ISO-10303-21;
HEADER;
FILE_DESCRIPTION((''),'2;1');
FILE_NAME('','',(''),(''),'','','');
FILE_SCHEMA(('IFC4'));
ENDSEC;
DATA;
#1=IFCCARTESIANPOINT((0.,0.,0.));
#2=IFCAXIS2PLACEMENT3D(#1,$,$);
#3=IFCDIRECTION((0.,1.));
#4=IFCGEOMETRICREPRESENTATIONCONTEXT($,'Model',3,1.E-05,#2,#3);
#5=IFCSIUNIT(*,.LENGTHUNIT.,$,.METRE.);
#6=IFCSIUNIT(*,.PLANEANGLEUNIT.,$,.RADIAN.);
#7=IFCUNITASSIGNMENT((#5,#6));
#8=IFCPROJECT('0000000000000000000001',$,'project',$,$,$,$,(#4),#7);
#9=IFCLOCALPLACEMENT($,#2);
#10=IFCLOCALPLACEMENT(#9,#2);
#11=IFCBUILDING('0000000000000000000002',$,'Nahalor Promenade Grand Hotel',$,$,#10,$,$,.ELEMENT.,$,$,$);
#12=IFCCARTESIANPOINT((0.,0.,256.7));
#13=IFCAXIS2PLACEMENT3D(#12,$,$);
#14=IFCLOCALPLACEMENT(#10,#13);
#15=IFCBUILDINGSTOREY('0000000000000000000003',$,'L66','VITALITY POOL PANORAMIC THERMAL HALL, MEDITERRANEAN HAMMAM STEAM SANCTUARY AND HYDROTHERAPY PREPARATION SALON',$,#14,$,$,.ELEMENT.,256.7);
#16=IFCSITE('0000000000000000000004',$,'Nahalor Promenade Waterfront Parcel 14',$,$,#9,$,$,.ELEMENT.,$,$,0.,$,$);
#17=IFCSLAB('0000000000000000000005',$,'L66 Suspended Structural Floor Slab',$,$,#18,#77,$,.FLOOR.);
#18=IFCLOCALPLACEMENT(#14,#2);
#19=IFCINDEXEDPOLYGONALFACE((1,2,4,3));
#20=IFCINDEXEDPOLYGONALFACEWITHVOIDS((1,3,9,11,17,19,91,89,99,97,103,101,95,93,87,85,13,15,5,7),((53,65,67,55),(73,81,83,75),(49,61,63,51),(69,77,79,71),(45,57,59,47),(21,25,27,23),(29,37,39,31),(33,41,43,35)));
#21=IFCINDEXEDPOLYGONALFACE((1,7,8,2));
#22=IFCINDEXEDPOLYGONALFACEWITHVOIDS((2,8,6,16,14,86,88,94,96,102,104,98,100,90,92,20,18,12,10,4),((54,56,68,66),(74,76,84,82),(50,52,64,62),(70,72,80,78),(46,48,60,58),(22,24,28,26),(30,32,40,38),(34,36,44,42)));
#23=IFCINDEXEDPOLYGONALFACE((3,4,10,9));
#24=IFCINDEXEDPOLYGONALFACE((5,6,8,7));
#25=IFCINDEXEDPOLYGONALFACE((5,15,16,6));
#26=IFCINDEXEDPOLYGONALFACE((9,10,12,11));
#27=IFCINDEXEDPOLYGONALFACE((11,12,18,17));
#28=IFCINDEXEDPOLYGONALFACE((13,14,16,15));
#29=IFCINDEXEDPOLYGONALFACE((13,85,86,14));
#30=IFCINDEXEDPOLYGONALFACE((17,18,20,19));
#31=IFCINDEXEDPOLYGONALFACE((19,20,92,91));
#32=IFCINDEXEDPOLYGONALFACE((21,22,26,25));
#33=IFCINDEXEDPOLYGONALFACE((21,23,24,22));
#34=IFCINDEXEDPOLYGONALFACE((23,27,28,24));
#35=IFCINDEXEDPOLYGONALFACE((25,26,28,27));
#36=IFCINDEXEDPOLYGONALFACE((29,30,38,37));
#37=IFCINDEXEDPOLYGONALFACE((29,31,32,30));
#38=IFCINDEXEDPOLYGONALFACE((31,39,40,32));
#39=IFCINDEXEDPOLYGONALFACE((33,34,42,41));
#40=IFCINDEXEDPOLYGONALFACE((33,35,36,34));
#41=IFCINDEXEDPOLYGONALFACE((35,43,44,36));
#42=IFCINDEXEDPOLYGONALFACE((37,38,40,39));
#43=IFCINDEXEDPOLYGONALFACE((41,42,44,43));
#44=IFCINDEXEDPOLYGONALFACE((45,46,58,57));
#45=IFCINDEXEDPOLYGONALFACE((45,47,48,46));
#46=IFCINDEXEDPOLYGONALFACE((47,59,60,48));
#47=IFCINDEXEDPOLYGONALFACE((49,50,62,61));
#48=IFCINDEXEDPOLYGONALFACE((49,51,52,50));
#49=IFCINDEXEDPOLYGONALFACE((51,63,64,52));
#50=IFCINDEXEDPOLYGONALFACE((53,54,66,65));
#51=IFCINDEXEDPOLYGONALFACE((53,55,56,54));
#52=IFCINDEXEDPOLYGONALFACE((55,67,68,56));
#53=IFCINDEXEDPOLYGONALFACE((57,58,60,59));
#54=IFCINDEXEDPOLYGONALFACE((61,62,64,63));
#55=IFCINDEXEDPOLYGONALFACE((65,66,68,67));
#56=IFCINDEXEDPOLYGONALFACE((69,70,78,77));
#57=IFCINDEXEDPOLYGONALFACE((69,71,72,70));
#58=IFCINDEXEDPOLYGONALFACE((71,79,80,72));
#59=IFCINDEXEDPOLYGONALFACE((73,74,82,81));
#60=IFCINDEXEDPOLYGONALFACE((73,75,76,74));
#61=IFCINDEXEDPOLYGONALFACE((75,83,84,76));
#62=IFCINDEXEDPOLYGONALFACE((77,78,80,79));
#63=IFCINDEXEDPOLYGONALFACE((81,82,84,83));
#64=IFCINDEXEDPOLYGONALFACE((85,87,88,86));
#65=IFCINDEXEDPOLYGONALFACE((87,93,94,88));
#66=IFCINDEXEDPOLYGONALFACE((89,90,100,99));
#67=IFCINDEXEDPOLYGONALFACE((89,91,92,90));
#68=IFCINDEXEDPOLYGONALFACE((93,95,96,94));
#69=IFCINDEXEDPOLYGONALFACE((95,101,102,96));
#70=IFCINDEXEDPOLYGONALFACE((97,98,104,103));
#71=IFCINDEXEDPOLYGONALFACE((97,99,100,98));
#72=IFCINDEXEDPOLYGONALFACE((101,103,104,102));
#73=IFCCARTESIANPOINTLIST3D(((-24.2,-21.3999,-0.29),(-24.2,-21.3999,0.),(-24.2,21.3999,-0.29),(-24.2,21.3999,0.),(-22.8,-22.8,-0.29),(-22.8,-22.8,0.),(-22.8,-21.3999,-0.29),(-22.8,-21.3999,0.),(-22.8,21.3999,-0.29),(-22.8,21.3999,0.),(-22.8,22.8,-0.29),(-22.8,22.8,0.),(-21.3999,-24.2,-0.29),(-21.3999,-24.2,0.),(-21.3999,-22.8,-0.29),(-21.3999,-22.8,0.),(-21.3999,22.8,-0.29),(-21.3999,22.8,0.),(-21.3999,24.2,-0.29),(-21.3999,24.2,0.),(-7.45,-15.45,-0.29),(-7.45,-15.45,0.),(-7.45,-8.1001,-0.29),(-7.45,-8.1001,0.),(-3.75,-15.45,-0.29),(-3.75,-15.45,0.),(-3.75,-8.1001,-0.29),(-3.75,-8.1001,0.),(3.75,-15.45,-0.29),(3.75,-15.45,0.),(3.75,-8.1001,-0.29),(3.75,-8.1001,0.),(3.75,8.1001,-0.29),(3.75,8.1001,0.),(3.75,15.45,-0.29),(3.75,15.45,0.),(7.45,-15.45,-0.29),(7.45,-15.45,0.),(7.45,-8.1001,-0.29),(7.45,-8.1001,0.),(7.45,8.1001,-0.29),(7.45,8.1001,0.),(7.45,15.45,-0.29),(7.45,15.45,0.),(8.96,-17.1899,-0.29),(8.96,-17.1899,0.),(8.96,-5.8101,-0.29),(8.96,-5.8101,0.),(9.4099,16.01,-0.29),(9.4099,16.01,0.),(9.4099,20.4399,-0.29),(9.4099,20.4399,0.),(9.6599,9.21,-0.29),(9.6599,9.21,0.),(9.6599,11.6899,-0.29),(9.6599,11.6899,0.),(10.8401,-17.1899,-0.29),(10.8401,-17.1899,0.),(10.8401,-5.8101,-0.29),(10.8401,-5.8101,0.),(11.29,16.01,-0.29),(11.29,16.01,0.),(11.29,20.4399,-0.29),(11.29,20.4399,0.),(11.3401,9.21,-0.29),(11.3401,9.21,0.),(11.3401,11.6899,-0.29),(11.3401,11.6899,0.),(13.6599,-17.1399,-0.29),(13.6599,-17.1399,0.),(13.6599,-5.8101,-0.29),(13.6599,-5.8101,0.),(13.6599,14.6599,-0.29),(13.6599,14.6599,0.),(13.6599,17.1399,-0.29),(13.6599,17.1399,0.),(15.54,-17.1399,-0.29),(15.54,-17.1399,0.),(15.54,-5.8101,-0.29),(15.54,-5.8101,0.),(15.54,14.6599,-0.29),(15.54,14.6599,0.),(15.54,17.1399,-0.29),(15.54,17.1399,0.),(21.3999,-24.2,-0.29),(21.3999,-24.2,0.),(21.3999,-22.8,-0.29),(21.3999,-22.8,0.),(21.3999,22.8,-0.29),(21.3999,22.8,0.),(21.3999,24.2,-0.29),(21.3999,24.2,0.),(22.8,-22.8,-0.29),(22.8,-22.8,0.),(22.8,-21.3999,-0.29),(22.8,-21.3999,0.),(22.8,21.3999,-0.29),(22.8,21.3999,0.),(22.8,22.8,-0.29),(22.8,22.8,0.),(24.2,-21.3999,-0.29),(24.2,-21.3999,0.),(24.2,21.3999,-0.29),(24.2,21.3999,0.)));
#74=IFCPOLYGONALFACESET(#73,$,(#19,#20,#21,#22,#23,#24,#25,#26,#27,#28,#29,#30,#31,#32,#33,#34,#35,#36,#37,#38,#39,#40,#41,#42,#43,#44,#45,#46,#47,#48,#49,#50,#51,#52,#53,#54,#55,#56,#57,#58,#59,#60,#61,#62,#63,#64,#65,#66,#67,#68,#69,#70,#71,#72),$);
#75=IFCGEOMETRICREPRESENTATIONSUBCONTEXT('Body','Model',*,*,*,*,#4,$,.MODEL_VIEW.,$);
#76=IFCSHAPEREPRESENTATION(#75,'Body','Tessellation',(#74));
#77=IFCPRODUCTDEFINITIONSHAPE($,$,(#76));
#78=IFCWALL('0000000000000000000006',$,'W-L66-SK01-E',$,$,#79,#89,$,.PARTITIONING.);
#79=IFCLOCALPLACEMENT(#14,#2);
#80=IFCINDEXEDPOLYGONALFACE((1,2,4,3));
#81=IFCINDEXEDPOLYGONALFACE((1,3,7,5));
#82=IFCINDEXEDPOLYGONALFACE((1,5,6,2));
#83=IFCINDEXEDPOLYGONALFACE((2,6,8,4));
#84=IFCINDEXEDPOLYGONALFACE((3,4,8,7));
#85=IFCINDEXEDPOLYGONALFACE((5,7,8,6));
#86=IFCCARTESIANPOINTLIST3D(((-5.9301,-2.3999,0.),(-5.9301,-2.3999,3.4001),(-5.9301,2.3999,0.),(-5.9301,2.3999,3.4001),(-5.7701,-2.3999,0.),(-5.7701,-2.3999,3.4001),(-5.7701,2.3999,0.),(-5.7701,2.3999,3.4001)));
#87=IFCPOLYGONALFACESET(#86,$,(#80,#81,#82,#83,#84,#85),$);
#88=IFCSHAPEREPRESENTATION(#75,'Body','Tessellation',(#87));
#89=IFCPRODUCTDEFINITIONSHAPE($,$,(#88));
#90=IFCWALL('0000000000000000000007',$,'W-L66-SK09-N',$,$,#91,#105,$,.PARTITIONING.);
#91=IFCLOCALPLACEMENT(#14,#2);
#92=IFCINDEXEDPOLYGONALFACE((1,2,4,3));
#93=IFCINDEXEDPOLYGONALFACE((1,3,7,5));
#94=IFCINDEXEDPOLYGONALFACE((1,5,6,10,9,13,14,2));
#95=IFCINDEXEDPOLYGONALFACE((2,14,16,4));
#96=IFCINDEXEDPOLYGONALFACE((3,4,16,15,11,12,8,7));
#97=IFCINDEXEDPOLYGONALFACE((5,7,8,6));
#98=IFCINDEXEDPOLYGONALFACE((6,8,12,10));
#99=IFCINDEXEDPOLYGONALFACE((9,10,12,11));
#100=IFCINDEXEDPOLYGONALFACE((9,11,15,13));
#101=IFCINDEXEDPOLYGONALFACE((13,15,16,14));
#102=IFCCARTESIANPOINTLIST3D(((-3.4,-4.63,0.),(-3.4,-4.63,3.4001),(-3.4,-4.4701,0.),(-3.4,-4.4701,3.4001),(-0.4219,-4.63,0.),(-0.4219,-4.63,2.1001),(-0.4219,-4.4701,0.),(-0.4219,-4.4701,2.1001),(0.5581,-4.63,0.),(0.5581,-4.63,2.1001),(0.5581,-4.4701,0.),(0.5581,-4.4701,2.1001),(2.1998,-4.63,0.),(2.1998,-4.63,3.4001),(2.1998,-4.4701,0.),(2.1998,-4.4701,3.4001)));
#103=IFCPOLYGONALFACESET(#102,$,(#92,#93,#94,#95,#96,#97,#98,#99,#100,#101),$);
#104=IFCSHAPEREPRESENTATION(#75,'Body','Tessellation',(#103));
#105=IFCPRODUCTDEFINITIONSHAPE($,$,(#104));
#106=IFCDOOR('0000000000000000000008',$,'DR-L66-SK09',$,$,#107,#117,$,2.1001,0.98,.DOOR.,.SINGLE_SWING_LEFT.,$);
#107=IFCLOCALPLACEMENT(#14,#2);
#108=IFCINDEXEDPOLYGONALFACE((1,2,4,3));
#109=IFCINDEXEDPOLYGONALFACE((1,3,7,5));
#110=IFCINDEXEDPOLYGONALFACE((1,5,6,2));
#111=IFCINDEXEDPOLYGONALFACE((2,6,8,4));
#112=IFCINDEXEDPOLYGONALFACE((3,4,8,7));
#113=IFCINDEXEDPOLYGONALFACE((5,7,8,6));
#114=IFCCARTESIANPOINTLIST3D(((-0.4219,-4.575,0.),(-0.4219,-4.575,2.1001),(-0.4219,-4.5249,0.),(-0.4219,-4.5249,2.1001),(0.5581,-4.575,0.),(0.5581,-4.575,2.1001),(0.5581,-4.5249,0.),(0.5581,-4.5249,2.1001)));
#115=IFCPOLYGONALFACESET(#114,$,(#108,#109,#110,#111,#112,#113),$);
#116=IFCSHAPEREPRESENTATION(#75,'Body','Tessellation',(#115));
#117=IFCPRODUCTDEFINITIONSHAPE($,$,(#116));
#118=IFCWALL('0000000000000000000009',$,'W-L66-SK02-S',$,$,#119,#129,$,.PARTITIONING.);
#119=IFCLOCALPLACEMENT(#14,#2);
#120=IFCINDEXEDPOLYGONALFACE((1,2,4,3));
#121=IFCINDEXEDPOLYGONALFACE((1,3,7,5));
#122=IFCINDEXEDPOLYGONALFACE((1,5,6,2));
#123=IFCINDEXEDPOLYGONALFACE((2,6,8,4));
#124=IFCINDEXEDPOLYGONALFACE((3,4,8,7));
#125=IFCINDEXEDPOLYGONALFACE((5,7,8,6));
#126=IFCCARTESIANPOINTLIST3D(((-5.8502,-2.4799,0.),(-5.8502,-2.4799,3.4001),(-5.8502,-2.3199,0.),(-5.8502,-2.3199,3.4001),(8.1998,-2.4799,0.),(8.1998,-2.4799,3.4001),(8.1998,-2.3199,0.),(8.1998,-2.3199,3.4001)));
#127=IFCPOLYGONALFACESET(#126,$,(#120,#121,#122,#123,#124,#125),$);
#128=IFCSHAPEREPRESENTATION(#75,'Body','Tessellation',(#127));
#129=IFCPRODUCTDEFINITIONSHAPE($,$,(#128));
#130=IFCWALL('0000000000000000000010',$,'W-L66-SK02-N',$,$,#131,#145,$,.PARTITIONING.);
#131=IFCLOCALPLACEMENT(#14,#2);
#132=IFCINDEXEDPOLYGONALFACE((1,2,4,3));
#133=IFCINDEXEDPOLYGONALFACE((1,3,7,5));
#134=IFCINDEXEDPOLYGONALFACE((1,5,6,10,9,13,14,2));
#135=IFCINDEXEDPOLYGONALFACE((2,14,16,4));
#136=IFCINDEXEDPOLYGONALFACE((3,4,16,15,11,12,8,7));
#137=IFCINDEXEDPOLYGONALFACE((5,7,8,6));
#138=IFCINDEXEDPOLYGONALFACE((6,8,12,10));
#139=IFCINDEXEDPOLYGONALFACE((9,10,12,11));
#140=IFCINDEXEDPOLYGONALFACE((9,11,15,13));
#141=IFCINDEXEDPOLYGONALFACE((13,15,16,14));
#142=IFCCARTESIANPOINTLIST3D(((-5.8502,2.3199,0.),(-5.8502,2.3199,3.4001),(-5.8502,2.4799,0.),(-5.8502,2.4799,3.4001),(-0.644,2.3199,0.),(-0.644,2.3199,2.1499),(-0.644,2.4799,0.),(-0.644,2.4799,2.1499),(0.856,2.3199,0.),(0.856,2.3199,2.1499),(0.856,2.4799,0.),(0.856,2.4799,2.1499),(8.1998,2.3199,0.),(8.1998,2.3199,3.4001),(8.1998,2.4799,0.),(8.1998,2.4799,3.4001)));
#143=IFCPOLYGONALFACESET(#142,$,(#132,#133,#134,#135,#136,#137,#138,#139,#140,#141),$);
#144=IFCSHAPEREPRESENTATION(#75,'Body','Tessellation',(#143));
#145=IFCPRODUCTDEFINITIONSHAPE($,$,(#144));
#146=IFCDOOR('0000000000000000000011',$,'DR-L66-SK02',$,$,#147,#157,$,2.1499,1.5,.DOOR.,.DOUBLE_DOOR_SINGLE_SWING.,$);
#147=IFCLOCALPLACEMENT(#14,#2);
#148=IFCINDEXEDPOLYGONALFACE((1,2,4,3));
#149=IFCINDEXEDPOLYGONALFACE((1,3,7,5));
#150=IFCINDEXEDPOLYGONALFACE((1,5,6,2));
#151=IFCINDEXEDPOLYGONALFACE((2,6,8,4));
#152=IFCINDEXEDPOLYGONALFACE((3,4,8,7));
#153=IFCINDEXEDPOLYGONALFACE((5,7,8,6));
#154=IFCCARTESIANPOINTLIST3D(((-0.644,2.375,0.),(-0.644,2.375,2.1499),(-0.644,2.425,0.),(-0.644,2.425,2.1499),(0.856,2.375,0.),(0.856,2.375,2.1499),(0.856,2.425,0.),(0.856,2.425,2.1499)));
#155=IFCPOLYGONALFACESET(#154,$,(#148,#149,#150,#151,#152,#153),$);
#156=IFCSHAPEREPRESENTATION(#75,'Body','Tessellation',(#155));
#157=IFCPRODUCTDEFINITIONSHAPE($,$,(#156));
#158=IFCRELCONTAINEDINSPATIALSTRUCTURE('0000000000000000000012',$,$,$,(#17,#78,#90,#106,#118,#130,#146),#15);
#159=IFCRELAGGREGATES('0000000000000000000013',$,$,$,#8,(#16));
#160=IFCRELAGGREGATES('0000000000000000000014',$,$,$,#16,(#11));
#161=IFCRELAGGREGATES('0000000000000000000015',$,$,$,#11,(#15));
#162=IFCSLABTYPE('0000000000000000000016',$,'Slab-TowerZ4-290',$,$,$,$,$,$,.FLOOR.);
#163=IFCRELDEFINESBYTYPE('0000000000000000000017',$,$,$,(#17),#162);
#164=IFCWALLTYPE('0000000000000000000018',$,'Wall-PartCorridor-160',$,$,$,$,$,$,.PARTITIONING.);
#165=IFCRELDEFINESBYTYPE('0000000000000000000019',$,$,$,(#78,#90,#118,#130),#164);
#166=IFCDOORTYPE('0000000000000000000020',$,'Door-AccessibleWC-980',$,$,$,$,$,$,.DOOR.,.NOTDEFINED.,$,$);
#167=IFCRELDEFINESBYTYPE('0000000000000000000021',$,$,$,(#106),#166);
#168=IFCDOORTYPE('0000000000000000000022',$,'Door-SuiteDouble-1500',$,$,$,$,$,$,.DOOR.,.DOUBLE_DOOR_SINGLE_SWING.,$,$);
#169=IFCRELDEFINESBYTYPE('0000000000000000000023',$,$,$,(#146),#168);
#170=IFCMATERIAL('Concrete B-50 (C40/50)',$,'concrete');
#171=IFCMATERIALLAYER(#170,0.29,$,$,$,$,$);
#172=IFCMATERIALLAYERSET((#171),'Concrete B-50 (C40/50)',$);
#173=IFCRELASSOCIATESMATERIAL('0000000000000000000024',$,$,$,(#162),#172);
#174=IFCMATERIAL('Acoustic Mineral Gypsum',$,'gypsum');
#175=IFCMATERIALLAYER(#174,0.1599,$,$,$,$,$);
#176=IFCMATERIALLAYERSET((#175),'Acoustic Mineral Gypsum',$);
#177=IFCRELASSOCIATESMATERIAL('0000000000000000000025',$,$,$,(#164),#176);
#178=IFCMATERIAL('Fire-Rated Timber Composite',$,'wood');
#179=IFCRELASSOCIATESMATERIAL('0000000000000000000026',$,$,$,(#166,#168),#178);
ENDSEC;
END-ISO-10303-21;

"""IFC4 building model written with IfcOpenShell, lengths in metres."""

from ifc_helpers import new_model, si_unit, direction, frame, frame_2d, origin, place, context, subcontext, project, spatial, polyline, rectangle, outline, extrude, source, transform, mapped, material, layer, layer_set, type_object, element, fill, save


model = new_model("IFC4")

# Units and contexts
model_context = context("Model", 3, precision=1e-05, world=origin(), true_north=direction((0.0, 1.0)))
body_context = subcontext(model_context, "Body", "Model", "MODEL_VIEW")
ifc_project = project(units=[si_unit("LENGTHUNIT", "METRE"), si_unit("PLANEANGLEUNIT", "RADIAN")], contexts=[model_context])

# Site, building, storey
site_placement = place(None, origin())
site = spatial("IfcSite", under=ifc_project, at=site_placement, Name="Nahalor Promenade Waterfront Parcel 14", CompositionType="ELEMENT", RefElevation=0.0)
building_placement = place(site_placement, origin())
building = spatial("IfcBuilding", under=site, at=building_placement, Name="Nahalor Promenade Grand Hotel", CompositionType="ELEMENT")
storey_placement = place(building_placement, frame((0.0, 0.0, 256.7)))
storey = spatial("IfcBuildingStorey", under=building, at=storey_placement, Name="L66", Description="VITALITY POOL PANORAMIC THERMAL HALL, MEDITERRANEAN HAMMAM STEAM SANCTUARY AND HYDROTHERAPY PREPARATION SALON", CompositionType="ELEMENT", Elevation=256.7)

# Shared definitions
ifc_material_1 = material(Name="Concrete B-50 (C40/50)", Category="concrete")

# Slab
ifc_layer_1 = layer(ifc_material_1, 0.29)
ifc_layer_set_1 = layer_set([ifc_layer_1], Name="Concrete B-50 (C40/50)")
slab_type_1 = type_object("IfcSlabType", Name="Slab-TowerZ4-290", PredefinedType="FLOOR", material=ifc_layer_set_1)
slab_1_placement = place(storey_placement, frame((0.0, 0.0, -0.29)))
element("IfcSlab", 1, at=slab_1_placement, inside=storey, type_object=slab_type_1, Name="L66 Suspended Structural Floor Slab", PredefinedType="FLOOR", context=body_context, shape_type="SweptSolid", body=[
    extrude(outline(polyline([(-21.3999, -24.2), (21.3999, -24.2), (21.3999, -22.8), (22.8, -22.8), (22.8, -21.3999), (24.2, -21.3999), (24.2, 21.3999), (22.8, 21.3999), (22.8, 22.8), (21.3999, 22.8), (21.3999, 24.2), (-21.3999, 24.2), (-21.3999, 22.8), (-22.8, 22.8), (-22.8, 21.3999), (-24.2, 21.3999), (-24.2, -21.3999), (-22.8, -21.3999), (-22.8, -22.8), (-21.3999, -22.8), (-21.3999, -24.2)]), holes=[polyline([(3.75, 8.1001), (7.45, 8.1001), (7.45, 15.45), (3.75, 15.45), (3.75, 8.1001)]), polyline([(3.75, -15.45), (7.45, -15.45), (7.45, -8.1001), (3.75, -8.1001), (3.75, -15.45)]), polyline([(-7.45, -15.45), (-3.75, -15.45), (-3.75, -8.1001), (-7.45, -8.1001), (-7.45, -15.45)]), polyline([(13.6599, -17.1399), (15.54, -17.1399), (15.54, -5.8101), (13.6599, -5.8101), (13.6599, -17.1399)]), polyline([(8.96, -17.1899), (10.8401, -17.1899), (10.8401, -5.8101), (8.96, -5.8101), (8.96, -17.1899)]), polyline([(9.4099, 16.01), (11.29, 16.01), (11.29, 20.4399), (9.4099, 20.4399), (9.4099, 16.01)]), polyline([(9.6599, 9.21), (11.3401, 9.21), (11.3401, 11.6899), (9.6599, 11.6899), (9.6599, 9.21)]), polyline([(13.6599, 14.6599), (15.54, 14.6599), (15.54, 17.1399), (13.6599, 17.1399), (13.6599, 14.6599)])]), origin(), (0.0, 0.0, 1.0), 0.29),
])

# Wall
ifc_material_2 = material(Name="Acoustic Mineral Gypsum", Category="gypsum")
ifc_layer_2 = layer(ifc_material_2, 0.1599)
ifc_layer_set_2 = layer_set([ifc_layer_2], Name="Acoustic Mineral Gypsum")
wall_type = type_object("IfcWallType", Name="Wall-PartCorridor-160", PredefinedType="PARTITIONING", material=ifc_layer_set_2)
shared_shape_1 = source(origin(), body_context, "Body", "SweptSolid", [
    extrude(rectangle(XDim=4.7998, YDim=0.1599, at=frame_2d((2.3999, 0.0))), origin(), (0.0, 0.0, 1.0), 3.4001),
])
wall_1_placement = place(storey_placement, frame((-5.8501, -2.3999, 0.0), z_axis=(0.0, 0.0, 1.0), x_axis=(0.0, 1.0, 0.0)))
element("IfcWall", 2, at=wall_1_placement, inside=storey, type_object=wall_type, Name="W-L66-SK01-E", PredefinedType="PARTITIONING", context=body_context, shape_type="MappedRepresentation", body=[
    mapped(shared_shape_1, transform((0.0, 0.0, 0.0), scale=1.0)),
])

# Wall, opening, door
shared_shape_2 = source(origin(), body_context, "Body", "SweptSolid", [
    extrude(rectangle(XDim=5.5999, YDim=0.1599, at=frame_2d((2.7998, 0.0))), origin(), (0.0, 0.0, 1.0), 3.4001),
])
wall_2_placement = place(storey_placement, frame((-3.3999, -4.55, 0.0), z_axis=(0.0, 0.0, 1.0), x_axis=(1.0, 0.0, 0.0)))
wall_2 = element("IfcWall", 3, at=wall_2_placement, inside=storey, type_object=wall_type, Name="W-L66-SK09-N", PredefinedType="PARTITIONING", context=body_context, shape_type="MappedRepresentation", body=[
    mapped(shared_shape_2, transform((0.0, 0.0, 0.0), scale=1.0)),
])
opening_1_placement = place(wall_2_placement, frame((2.978, 0.0, 0.0)))
opening_1 = element("IfcOpeningElement", 4, at=opening_1_placement, cuts=wall_2, PredefinedType="OPENING", context=body_context, shape_type="SweptSolid", body=[
    extrude(rectangle(XDim=0.98, YDim=2.1001, at=frame_2d((0.49, 1.05))), frame((0.0, 0.0898, 0.0), z_axis=(0.0, -1.0, 0.0), x_axis=(1.0, 0.0, 0.0)), (0.0, 0.0, 1.0), 0.1799),
])
ifc_material_3 = material(Name="Fire-Rated Timber Composite", Category="wood")
door_type_1 = type_object("IfcDoorType", Name="Door-AccessibleWC-980", OperationType="NOTDEFINED", PredefinedType="DOOR", material=ifc_material_3)
shared_shape_3 = source(origin(), body_context, "Body", "SweptSolid", [
    extrude(rectangle(XDim=0.98, YDim=2.1001, at=frame_2d((0.49, 1.05))), frame((0.0, 0.0249, 0.0), z_axis=(0.0, -1.0, 0.0), x_axis=(1.0, 0.0, 0.0)), (0.0, 0.0, 1.0), 0.05),
])
door_1_placement = place(opening_1_placement, frame((0.98, 0.0, 0.0), z_axis=(0.0, 0.0, 1.0), x_axis=(-1.0, 0.0, 0.0)))
door_1 = element("IfcDoor", 5, at=door_1_placement, inside=storey, type_object=door_type_1, Name="DR-L66-SK09", OperationType="SINGLE_SWING_LEFT", OverallHeight=2.1001, OverallWidth=0.98, PredefinedType="DOOR", context=body_context, shape_type="MappedRepresentation", body=[
    mapped(shared_shape_3, transform((0.0, 0.0, 0.0), scale=1.0)),
])
fill(opening_1, door_1)

# Wall
shared_shape_4 = source(origin(), body_context, "Body", "SweptSolid", [
    extrude(rectangle(XDim=14.05, YDim=0.1599, at=frame_2d((7.0249, 0.0))), origin(), (0.0, 0.0, 1.0), 3.4001),
])
wall_3_placement = place(storey_placement, frame((-5.8501, -2.3999, 0.0), z_axis=(0.0, 0.0, 1.0), x_axis=(1.0, 0.0, 0.0)))
element("IfcWall", 6, at=wall_3_placement, inside=storey, type_object=wall_type, Name="W-L66-SK02-S", PredefinedType="PARTITIONING", context=body_context, shape_type="MappedRepresentation", body=[
    mapped(shared_shape_4, transform((0.0, 0.0, 0.0), scale=1.0)),
])

# Wall, opening, door
wall_4_placement = place(storey_placement, frame((-5.8501, 2.3999, 0.0), z_axis=(0.0, 0.0, 1.0), x_axis=(1.0, 0.0, 0.0)))
wall_4 = element("IfcWall", 7, at=wall_4_placement, inside=storey, type_object=wall_type, Name="W-L66-SK02-N", PredefinedType="PARTITIONING", context=body_context, shape_type="MappedRepresentation", body=[
    mapped(shared_shape_4, transform((0.0, 0.0, 0.0), scale=1.0)),
])
opening_2_placement = place(wall_4_placement, frame((5.2061, 0.0, 0.0)))
opening_2 = element("IfcOpeningElement", 8, at=opening_2_placement, cuts=wall_4, PredefinedType="OPENING", context=body_context, shape_type="SweptSolid", body=[
    extrude(rectangle(XDim=1.5, YDim=2.1499, at=frame_2d((0.75, 1.075))), frame((0.0, 0.0898, 0.0), z_axis=(0.0, -1.0, 0.0), x_axis=(1.0, 0.0, 0.0)), (0.0, 0.0, 1.0), 0.1799),
])
door_type_2 = type_object("IfcDoorType", Name="Door-SuiteDouble-1500", OperationType="DOUBLE_DOOR_SINGLE_SWING", PredefinedType="DOOR", material=ifc_material_3)
shared_shape_5 = source(origin(), body_context, "Body", "SweptSolid", [
    extrude(rectangle(XDim=1.5, YDim=2.1499, at=frame_2d((0.75, 1.075))), frame((0.0, 0.0249, 0.0), z_axis=(0.0, -1.0, 0.0), x_axis=(1.0, 0.0, 0.0)), (0.0, 0.0, 1.0), 0.05),
])
door_2_placement = place(opening_2_placement, frame((1.5, 0.0, 0.0), z_axis=(0.0, 0.0, 1.0), x_axis=(-1.0, 0.0, 0.0)))
door_2 = element("IfcDoor", 9, at=door_2_placement, inside=storey, type_object=door_type_2, Name="DR-L66-SK02", OperationType="DOUBLE_DOOR_SINGLE_SWING", OverallHeight=2.1499, OverallWidth=1.5, PredefinedType="DOOR", context=body_context, shape_type="MappedRepresentation", body=[
    mapped(shared_shape_5, transform((0.0, 0.0, 0.0), scale=1.0)),
])
fill(opening_2, door_2)

save(model, "model.ifc")
